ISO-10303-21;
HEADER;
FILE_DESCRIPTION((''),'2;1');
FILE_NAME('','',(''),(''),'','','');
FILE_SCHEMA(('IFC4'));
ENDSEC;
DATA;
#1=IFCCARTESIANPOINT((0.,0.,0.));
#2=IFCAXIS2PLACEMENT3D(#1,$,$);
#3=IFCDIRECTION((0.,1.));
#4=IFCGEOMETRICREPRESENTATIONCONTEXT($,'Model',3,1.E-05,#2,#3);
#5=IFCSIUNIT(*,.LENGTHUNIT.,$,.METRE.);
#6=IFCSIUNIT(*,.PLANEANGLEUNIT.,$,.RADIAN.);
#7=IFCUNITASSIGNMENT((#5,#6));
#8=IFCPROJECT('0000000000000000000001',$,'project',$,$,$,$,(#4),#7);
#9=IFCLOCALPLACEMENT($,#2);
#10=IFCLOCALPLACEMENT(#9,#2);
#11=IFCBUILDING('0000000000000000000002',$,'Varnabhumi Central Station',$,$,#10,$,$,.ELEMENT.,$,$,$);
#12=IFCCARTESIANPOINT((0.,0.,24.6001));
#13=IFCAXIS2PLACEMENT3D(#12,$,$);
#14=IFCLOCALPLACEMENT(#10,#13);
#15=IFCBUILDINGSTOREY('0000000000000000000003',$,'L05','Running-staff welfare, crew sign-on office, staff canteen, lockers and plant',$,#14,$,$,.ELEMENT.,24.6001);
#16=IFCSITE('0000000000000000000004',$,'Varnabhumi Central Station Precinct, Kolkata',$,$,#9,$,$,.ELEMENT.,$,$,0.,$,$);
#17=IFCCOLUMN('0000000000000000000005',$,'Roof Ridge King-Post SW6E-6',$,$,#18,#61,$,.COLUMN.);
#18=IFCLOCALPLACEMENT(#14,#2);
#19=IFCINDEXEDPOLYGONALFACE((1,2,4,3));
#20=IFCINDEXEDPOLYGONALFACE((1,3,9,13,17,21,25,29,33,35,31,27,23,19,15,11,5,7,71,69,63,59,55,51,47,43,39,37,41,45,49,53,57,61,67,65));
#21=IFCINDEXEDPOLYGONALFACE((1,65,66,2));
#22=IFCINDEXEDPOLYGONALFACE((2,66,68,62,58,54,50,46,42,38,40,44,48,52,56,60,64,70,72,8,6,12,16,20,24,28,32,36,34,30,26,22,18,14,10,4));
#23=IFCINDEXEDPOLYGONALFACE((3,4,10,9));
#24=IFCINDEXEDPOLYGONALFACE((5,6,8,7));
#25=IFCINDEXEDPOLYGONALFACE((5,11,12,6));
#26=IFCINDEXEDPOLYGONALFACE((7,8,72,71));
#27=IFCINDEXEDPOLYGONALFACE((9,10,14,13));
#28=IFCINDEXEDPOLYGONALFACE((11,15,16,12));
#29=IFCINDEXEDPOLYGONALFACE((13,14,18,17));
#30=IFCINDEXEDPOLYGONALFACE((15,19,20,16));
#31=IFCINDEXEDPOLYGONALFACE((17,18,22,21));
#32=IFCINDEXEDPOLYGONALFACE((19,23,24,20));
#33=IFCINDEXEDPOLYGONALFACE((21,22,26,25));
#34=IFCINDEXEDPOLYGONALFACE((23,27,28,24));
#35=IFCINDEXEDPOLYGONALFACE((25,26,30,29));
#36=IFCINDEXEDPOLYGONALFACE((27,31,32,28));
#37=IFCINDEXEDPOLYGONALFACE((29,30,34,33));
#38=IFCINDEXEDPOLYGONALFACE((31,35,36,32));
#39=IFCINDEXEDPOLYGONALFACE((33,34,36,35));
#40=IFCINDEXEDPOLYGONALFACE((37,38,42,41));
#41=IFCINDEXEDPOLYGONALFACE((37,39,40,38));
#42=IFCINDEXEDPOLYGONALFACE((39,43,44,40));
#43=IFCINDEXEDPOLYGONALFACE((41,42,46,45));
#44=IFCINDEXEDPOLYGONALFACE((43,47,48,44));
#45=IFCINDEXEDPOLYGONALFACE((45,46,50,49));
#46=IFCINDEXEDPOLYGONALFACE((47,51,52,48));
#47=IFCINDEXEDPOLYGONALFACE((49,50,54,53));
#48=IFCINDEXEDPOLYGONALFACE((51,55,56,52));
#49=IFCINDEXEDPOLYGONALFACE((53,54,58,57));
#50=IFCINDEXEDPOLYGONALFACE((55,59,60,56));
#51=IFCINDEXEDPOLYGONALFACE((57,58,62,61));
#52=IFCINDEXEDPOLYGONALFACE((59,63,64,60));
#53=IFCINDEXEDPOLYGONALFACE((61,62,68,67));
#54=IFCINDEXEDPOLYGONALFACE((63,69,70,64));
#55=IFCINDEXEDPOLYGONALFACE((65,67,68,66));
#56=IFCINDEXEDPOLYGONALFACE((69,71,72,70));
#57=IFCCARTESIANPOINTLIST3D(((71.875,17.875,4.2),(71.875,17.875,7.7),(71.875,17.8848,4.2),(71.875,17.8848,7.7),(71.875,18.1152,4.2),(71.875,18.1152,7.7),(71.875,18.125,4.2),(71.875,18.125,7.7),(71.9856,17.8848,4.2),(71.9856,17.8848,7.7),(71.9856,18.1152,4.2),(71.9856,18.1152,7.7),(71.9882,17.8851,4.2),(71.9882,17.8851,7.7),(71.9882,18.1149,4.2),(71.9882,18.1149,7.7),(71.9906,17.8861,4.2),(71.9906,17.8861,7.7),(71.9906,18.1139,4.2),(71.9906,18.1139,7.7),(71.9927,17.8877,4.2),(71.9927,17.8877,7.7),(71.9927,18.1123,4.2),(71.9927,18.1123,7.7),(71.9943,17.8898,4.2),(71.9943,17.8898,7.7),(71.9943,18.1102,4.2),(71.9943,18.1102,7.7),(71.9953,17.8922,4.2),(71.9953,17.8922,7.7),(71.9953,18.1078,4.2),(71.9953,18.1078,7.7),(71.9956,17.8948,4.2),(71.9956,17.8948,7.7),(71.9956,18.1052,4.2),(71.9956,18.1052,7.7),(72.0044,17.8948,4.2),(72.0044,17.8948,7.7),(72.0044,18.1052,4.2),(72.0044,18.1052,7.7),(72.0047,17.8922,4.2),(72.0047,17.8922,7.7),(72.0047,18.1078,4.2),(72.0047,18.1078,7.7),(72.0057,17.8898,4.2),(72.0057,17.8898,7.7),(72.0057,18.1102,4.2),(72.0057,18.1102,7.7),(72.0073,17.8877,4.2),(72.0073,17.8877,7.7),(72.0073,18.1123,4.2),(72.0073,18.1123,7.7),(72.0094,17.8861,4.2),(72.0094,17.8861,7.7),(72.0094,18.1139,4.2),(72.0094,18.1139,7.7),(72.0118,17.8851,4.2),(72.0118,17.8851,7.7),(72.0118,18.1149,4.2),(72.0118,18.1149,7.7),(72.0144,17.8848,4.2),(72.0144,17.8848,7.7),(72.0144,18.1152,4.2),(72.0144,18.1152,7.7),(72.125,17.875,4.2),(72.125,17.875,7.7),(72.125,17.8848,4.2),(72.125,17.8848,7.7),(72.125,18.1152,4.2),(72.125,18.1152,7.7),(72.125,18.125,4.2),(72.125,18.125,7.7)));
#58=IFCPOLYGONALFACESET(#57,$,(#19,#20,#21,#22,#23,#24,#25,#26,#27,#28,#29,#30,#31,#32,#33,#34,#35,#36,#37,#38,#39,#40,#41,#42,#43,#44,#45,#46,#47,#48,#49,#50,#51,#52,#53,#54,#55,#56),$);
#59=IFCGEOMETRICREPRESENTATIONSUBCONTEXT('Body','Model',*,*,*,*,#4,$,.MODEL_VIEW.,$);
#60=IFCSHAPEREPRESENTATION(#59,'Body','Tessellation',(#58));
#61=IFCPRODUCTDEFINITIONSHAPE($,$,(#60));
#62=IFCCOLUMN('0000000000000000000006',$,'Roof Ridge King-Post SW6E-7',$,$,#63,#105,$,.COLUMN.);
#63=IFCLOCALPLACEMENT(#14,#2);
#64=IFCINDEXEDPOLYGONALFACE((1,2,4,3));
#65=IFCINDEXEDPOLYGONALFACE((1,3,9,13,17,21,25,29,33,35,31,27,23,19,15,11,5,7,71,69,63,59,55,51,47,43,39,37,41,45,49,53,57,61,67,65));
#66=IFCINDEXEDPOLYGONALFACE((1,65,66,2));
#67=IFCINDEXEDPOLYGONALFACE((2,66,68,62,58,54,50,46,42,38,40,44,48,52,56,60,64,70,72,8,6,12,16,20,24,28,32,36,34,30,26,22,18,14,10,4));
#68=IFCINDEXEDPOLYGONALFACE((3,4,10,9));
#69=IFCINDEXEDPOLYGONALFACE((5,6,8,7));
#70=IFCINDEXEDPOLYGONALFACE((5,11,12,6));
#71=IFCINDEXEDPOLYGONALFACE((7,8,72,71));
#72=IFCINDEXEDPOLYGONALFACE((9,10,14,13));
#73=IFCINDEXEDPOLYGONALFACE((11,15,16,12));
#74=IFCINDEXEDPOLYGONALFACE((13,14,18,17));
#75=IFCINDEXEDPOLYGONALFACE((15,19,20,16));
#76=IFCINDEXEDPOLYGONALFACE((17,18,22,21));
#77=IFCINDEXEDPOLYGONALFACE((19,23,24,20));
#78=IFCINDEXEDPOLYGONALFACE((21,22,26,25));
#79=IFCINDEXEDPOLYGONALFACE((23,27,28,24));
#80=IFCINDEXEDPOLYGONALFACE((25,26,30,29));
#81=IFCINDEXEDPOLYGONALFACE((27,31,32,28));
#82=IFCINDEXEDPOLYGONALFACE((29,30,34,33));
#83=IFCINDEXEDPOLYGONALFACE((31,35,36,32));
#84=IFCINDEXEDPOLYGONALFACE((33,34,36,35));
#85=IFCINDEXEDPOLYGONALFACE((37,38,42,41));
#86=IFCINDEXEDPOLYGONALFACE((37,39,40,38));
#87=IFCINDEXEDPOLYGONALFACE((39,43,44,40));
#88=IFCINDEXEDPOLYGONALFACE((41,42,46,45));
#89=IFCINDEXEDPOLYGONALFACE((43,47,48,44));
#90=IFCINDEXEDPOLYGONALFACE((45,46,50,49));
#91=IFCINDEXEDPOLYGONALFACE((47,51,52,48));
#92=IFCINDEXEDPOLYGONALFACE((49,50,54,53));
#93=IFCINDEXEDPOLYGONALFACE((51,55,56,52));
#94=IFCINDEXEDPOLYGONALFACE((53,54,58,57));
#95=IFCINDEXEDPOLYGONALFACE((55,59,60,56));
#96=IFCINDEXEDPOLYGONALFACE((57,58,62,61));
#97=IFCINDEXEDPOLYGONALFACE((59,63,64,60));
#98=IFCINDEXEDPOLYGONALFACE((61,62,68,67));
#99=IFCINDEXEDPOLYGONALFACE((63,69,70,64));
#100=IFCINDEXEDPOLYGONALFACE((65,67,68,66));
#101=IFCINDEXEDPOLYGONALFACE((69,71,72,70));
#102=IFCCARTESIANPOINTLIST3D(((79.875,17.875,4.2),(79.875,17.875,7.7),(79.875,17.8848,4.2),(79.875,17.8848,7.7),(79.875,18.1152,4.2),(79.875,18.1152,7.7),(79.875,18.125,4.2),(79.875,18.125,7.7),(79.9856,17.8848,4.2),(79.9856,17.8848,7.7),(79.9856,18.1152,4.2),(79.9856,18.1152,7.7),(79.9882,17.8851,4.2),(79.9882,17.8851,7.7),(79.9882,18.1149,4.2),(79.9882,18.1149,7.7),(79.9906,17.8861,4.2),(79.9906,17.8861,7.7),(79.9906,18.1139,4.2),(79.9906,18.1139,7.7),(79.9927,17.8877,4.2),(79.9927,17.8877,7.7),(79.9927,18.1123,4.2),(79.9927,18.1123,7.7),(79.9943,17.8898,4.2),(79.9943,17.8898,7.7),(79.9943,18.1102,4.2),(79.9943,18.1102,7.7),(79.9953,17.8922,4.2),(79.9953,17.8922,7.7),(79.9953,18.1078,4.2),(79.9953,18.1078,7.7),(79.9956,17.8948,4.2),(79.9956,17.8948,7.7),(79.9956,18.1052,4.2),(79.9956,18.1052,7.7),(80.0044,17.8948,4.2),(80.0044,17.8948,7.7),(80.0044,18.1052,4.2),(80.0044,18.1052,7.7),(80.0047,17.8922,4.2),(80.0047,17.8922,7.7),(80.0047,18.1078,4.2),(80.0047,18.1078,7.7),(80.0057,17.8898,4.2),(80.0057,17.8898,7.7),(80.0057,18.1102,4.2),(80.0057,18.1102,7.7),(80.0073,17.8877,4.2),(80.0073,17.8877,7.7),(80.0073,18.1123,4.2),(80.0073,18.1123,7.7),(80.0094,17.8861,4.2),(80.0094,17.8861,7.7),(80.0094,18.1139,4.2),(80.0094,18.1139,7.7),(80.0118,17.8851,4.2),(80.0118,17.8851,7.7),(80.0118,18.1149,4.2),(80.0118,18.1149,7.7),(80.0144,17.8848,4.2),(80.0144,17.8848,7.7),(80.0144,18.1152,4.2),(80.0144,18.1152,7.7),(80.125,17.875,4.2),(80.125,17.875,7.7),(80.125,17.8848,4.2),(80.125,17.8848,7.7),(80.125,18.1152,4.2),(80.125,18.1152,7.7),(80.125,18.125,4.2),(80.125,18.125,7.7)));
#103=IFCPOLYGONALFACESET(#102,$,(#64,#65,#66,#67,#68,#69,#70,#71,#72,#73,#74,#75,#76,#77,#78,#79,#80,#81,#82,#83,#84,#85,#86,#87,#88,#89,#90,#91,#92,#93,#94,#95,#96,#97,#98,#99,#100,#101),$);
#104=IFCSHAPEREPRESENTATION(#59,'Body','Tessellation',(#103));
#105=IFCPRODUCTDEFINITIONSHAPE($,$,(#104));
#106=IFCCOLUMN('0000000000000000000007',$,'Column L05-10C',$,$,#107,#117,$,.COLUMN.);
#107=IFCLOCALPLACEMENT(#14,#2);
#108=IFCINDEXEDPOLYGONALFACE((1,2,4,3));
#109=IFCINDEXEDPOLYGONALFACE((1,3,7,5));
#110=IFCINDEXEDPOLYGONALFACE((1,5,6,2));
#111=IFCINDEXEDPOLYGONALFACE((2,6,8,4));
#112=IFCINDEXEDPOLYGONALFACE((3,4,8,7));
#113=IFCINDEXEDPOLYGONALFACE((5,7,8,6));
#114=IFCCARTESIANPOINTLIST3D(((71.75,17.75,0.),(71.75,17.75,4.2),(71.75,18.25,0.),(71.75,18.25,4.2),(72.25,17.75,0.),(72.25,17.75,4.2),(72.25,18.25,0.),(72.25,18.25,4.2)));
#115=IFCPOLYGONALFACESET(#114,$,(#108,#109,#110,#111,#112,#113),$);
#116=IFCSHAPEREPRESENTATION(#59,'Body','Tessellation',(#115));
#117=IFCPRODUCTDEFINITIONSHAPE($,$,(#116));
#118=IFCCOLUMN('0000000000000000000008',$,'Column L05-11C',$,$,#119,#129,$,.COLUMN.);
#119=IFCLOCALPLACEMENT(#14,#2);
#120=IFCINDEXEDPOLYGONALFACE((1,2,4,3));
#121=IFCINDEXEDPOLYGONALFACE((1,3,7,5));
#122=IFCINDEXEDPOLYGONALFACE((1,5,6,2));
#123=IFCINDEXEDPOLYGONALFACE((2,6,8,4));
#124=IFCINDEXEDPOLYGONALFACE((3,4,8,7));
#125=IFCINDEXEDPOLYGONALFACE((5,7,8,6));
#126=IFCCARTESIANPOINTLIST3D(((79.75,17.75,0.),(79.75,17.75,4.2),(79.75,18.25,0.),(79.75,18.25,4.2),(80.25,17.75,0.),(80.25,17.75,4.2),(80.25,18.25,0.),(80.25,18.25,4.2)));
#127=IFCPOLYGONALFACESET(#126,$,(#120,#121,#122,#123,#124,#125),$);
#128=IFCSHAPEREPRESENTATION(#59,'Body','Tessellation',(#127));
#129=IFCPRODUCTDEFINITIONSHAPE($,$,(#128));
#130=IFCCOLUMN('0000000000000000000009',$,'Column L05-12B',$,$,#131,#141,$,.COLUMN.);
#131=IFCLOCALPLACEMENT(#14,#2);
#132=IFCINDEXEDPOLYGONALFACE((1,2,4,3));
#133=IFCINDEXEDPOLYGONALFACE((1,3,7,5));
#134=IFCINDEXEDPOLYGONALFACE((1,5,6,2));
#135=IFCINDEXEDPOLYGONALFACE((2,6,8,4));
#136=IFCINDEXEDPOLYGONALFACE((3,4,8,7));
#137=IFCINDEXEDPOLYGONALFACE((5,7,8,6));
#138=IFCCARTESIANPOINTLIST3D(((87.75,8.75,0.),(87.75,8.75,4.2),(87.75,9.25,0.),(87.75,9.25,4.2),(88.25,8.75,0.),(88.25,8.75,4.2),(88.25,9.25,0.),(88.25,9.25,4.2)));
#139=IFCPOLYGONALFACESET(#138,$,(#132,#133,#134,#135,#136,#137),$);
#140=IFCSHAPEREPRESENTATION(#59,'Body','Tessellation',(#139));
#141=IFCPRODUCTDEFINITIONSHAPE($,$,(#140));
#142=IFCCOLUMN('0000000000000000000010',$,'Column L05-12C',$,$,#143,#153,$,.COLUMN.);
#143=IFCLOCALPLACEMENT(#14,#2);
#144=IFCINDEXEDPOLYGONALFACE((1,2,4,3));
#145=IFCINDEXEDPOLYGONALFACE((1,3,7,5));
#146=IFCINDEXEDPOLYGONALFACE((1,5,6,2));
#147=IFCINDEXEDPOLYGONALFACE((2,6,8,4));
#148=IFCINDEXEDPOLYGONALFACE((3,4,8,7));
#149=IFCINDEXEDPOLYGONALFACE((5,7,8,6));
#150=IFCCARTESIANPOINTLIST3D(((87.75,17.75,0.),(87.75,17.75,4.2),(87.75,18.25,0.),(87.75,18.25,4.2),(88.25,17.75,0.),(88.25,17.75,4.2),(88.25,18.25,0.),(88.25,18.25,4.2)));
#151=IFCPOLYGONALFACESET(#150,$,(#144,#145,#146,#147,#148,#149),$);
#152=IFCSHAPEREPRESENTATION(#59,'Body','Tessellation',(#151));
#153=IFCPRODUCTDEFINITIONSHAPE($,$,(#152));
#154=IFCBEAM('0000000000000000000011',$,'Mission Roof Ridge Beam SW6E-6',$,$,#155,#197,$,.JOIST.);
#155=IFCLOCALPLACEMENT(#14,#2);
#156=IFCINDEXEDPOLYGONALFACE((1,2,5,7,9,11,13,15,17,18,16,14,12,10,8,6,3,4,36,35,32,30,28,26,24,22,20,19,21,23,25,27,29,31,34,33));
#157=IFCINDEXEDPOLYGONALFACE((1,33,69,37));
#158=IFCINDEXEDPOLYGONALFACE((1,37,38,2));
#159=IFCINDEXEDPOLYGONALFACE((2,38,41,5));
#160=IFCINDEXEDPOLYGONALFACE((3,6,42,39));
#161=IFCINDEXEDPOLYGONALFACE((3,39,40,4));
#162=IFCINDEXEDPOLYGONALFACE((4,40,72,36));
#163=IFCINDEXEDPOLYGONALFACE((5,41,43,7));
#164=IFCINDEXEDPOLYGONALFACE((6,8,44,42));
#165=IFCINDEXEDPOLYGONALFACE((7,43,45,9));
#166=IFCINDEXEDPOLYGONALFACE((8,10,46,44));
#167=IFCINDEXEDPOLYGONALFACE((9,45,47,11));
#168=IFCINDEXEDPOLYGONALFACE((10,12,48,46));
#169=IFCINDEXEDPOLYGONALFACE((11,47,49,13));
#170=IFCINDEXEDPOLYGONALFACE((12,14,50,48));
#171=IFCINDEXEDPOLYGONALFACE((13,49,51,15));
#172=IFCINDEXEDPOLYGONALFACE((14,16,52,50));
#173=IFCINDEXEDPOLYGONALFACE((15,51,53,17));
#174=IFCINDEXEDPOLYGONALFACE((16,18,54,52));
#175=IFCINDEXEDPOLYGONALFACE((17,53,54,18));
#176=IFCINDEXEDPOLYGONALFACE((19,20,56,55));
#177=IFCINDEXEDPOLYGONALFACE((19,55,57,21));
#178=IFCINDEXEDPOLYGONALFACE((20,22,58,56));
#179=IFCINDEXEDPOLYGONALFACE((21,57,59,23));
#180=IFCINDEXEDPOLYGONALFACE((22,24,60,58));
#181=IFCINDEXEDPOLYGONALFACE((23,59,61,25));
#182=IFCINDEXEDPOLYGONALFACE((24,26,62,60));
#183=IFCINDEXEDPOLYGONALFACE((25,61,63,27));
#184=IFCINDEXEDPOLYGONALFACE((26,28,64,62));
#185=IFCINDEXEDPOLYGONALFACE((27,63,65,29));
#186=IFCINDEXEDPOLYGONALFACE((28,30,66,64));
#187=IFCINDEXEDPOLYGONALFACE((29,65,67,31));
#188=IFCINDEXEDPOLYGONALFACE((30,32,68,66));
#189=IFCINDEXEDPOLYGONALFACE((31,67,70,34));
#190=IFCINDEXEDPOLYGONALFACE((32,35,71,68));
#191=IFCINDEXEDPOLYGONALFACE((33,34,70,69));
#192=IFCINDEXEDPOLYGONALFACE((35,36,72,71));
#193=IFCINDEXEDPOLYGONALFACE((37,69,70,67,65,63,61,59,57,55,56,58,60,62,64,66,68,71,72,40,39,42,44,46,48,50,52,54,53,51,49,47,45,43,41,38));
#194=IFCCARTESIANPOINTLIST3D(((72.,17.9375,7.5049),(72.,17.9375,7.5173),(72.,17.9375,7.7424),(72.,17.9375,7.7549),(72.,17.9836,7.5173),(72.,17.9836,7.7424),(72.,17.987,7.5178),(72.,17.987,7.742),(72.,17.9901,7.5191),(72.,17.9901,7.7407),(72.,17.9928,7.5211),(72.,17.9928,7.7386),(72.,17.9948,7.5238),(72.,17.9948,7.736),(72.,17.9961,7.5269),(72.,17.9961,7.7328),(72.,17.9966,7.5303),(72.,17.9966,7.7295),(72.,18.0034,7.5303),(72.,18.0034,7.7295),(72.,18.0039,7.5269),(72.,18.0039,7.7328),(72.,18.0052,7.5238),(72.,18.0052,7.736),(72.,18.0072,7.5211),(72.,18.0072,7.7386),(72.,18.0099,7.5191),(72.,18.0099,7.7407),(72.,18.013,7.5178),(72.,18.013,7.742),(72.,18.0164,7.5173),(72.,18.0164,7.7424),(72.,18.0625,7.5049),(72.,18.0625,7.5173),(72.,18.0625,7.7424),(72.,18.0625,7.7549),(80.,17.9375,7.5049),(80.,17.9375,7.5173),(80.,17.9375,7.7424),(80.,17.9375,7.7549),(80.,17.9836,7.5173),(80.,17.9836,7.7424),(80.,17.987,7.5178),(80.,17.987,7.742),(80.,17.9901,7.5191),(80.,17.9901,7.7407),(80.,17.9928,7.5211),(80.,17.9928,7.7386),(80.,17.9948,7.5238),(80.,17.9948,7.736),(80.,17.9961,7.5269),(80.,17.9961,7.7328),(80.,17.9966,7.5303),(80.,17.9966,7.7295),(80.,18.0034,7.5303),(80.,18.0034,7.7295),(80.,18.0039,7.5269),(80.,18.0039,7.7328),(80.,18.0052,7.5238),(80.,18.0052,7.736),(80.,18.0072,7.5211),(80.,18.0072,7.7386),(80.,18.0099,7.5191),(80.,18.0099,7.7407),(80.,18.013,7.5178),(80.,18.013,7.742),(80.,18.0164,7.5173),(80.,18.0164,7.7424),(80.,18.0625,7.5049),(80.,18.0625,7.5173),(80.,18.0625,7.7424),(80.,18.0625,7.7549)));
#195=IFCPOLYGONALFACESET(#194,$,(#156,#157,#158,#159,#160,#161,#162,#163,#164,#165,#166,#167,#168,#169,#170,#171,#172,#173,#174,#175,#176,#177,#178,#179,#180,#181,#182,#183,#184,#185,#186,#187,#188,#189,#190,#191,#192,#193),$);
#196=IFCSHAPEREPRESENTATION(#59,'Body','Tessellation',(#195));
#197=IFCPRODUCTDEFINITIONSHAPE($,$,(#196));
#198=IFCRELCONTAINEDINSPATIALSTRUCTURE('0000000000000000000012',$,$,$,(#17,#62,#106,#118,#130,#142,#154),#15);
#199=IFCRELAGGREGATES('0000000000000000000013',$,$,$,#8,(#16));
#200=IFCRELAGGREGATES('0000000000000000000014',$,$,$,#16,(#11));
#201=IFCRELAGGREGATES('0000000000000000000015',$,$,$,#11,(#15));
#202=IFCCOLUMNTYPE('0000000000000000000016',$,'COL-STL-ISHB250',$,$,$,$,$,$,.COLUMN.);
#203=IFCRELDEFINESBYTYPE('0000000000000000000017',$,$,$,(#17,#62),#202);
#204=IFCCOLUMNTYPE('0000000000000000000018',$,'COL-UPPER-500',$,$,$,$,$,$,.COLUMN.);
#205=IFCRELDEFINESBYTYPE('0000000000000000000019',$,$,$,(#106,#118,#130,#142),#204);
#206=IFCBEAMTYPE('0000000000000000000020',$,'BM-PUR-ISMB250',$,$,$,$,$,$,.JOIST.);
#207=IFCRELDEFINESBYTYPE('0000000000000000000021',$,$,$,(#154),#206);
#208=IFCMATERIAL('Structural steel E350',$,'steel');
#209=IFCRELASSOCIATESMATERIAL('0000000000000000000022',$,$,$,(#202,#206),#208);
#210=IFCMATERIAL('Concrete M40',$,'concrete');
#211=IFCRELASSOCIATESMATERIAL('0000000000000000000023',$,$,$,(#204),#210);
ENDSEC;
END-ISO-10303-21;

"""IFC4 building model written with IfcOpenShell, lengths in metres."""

from ifc_helpers import new_model, si_unit, direction, frame, origin, origin_2d, place, context, subcontext, project, spatial, rectangle, i_section, extrude, material, material_profile, profile_set, type_object, element, save


model = new_model("IFC4")

# Units and contexts
model_context = context("Model", 3, precision=1e-05, world=origin(), true_north=direction((0.0, 1.0)))
body_context = subcontext(model_context, "Body", "Model", "MODEL_VIEW")
ifc_project = project(units=[si_unit("LENGTHUNIT", "METRE"), si_unit("PLANEANGLEUNIT", "RADIAN")], contexts=[model_context])

# Site, building, storey
site_placement = place(None, origin())
site = spatial("IfcSite", under=ifc_project, at=site_placement, Name="Varnabhumi Central Station Precinct, Kolkata", CompositionType="ELEMENT", RefElevation=0.0)
building_placement = place(site_placement, origin())
building = spatial("IfcBuilding", under=site, at=building_placement, Name="Varnabhumi Central Station", CompositionType="ELEMENT")
storey_placement = place(building_placement, frame((0.0, 0.0, 24.6001)))
storey = spatial("IfcBuildingStorey", under=building, at=storey_placement, Name="L05", Description="Running-staff welfare, crew sign-on office, staff canteen, lockers and plant", CompositionType="ELEMENT", Elevation=24.6001)

# Columns
ifc_material_1 = material(Name="Structural steel E350", Category="steel")
ifc_material_profile_1 = material_profile(ifc_material_1, i_section(OverallWidth=0.25, OverallDepth=0.25, WebThickness=0.0088, FlangeThickness=0.0098, FilletRadius=0.01, at=origin_2d()), Name="Structural steel E350", Category="steel")
ifc_profile_set_1 = profile_set([ifc_material_profile_1], Name="Structural steel E350")
column_type_1 = type_object("IfcColumnType", Name="COL-STL-ISHB250", PredefinedType="COLUMN", material=ifc_profile_set_1)
for number, where, z_axis, x_axis, name in (
    (1, (72.0, 18.0, 4.2), (0.0, 0.0, 1.0), (1.0, 0.0, 0.0), "Roof Ridge King-Post SW6E-6"),
    (2, (80.0, 18.0, 4.2), (0.0, 0.0, 1.0), (1.0, 0.0, 0.0), "Roof Ridge King-Post SW6E-7"),
):
    element("IfcColumn", number, at=place(storey_placement, frame(where, z_axis=z_axis, x_axis=x_axis)), inside=storey, type_object=column_type_1, Name=name, PredefinedType="COLUMN", context=body_context, shape_type="SweptSolid", body=[
        extrude(i_section(OverallWidth=0.25, OverallDepth=0.25, WebThickness=0.0088, FlangeThickness=0.0098, FilletRadius=0.01, at=origin_2d()), origin(), (0.0, 0.0, 1.0), 3.5),
    ])
ifc_material_2 = material(Name="Concrete M40", Category="concrete")
ifc_material_profile_2 = material_profile(ifc_material_2, rectangle(XDim=0.5, YDim=0.5, at=origin_2d()), Name="Concrete M40", Category="concrete")
ifc_profile_set_2 = profile_set([ifc_material_profile_2], Name="Concrete M40")
column_type_2 = type_object("IfcColumnType", Name="COL-UPPER-500", PredefinedType="COLUMN", material=ifc_profile_set_2)
for number, where, z_axis, x_axis, name in (
    (3, (72.0, 18.0, 0.0), (0.0, 0.0, 1.0), (1.0, 0.0, 0.0), "Column L05-10C"),
    (4, (80.0, 18.0, 0.0), (0.0, 0.0, 1.0), (1.0, 0.0, 0.0), "Column L05-11C"),
    (5, (88.0, 9.0, 0.0), (0.0, 0.0, 1.0), (1.0, 0.0, 0.0), "Column L05-12B"),
    (6, (88.0, 18.0, 0.0), (0.0, 0.0, 1.0), (1.0, 0.0, 0.0), "Column L05-12C"),
):
    element("IfcColumn", number, at=place(storey_placement, frame(where, z_axis=z_axis, x_axis=x_axis)), inside=storey, type_object=column_type_2, Name=name, PredefinedType="COLUMN", context=body_context, shape_type="SweptSolid", body=[
        extrude(rectangle(XDim=0.5, YDim=0.5, at=origin_2d()), origin(), (0.0, 0.0, 1.0), 4.2),
    ])

# Beam
ifc_material_profile_3 = material_profile(ifc_material_1, i_section(OverallWidth=0.125, OverallDepth=0.25, WebThickness=0.0068, FlangeThickness=0.0125, FilletRadius=0.0129, at=origin_2d()), Name="Structural steel E350", Category="steel")
ifc_profile_set_3 = profile_set([ifc_material_profile_3], Name="Structural steel E350")
beam_type_1 = type_object("IfcBeamType", Name="BM-PUR-ISMB250", PredefinedType="JOIST", material=ifc_profile_set_3)
for number, where, z_axis, x_axis, name in (
    (7, (72.0, 18.0, 7.6299), (1.0, 0.0, 0.0), (0.0, 1.0, 0.0), "Mission Roof Ridge Beam SW6E-6"),
):
    element("IfcBeam", number, at=place(storey_placement, frame(where, z_axis=z_axis, x_axis=x_axis)), inside=storey, type_object=beam_type_1, Name=name, PredefinedType="JOIST", context=body_context, shape_type="SweptSolid", body=[
        extrude(i_section(OverallWidth=0.125, OverallDepth=0.25, WebThickness=0.0068, FlangeThickness=0.0125, FilletRadius=0.0129, at=origin_2d()), origin(), (0.0, 0.0, 1.0), 8.0),
    ])

save(model, "model.ifc")
